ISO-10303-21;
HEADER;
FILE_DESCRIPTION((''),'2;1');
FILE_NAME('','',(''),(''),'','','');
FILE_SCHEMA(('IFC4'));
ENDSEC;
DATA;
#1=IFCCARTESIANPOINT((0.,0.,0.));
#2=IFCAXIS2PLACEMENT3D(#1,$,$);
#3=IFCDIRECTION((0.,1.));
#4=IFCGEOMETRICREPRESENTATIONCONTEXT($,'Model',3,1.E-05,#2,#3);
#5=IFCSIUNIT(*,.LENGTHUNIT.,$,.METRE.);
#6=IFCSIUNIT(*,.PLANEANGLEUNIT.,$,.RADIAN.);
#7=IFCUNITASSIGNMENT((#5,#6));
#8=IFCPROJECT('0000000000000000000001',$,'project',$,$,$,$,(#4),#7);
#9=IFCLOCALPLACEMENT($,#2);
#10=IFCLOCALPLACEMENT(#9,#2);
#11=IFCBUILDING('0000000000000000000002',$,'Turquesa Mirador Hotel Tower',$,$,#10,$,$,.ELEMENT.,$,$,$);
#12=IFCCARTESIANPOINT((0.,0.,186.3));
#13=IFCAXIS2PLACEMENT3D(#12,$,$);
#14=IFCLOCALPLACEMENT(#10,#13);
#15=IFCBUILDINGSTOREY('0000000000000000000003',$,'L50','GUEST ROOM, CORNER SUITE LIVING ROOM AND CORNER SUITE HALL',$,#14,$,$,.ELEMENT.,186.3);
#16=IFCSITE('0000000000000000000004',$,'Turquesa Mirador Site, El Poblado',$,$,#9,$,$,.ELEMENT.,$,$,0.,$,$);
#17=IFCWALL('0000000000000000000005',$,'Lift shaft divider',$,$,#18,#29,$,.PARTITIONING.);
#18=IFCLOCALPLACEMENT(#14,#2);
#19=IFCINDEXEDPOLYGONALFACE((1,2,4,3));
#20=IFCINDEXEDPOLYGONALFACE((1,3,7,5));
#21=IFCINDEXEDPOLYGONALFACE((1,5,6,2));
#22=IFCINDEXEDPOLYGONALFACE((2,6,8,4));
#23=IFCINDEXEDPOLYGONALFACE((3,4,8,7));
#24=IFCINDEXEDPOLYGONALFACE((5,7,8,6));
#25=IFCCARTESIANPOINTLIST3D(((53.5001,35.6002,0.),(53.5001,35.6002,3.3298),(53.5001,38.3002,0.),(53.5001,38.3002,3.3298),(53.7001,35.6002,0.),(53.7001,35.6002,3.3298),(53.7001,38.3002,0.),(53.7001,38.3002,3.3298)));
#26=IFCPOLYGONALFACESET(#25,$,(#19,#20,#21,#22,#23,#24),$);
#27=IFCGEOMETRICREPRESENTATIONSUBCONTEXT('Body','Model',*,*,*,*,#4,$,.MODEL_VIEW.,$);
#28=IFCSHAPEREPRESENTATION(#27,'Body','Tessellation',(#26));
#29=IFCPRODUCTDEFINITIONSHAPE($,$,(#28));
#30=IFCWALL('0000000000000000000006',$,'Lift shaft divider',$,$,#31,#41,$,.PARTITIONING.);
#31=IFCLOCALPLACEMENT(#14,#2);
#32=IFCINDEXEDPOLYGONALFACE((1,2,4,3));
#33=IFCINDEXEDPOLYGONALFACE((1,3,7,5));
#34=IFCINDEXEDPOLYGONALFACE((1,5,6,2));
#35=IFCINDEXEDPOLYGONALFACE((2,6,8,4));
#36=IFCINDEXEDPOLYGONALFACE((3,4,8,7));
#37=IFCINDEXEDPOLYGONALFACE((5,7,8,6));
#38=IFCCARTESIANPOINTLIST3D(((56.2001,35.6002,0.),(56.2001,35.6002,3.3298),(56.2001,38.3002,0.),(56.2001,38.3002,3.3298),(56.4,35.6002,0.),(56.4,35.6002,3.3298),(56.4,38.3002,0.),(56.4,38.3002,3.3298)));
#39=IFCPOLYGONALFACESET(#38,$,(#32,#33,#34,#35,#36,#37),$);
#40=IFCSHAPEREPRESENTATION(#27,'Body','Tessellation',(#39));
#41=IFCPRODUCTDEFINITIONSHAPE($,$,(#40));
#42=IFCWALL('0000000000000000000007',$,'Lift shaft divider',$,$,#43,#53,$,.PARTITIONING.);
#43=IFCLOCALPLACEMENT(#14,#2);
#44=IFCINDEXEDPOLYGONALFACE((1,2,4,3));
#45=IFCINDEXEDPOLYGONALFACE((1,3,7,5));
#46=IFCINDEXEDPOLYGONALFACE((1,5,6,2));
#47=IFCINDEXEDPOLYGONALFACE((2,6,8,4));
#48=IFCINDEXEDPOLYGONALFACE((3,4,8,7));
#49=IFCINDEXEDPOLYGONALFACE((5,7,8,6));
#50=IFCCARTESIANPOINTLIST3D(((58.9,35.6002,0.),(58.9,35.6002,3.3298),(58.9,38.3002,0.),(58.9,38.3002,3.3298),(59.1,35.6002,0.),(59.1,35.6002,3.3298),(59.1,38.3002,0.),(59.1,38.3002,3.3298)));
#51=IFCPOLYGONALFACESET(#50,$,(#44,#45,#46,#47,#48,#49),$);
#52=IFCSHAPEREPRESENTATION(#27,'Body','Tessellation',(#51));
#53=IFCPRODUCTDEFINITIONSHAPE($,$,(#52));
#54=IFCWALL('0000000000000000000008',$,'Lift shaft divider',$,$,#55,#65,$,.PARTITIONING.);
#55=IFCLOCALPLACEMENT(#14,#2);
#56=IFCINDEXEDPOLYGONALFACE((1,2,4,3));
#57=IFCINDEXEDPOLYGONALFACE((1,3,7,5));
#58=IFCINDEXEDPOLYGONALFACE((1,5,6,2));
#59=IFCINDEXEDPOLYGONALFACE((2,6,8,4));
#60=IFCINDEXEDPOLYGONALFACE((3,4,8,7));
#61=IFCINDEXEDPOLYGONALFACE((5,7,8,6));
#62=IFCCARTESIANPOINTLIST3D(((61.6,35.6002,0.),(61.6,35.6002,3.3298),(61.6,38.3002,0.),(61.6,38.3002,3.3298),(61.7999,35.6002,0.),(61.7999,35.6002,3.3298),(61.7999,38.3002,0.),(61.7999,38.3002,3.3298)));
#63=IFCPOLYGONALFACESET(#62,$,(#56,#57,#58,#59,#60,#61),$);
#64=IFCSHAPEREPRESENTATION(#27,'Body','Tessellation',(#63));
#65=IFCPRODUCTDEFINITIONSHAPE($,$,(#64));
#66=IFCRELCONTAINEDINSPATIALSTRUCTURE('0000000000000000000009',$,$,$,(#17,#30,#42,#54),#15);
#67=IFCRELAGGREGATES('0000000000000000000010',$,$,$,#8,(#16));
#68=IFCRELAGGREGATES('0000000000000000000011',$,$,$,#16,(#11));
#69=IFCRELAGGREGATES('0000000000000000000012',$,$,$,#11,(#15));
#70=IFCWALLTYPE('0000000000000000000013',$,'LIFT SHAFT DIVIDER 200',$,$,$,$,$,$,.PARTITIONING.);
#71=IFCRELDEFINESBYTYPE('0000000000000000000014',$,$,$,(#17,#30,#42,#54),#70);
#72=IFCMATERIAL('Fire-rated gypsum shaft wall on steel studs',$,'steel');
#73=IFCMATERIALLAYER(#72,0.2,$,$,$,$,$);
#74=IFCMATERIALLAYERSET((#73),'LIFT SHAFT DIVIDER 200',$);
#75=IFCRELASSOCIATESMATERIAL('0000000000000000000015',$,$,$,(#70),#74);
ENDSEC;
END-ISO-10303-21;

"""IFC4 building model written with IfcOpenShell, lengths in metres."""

from ifc_helpers import new_model, si_unit, direction, frame, frame_2d, origin, place, context, subcontext, project, spatial, rectangle, extrude, material, layer, layer_set, type_object, element, save


model = new_model("IFC4")

# Units and contexts
model_context = context("Model", 3, precision=1e-05, world=origin(), true_north=direction((0.0, 1.0)))
body_context = subcontext(model_context, "Body", "Model", "MODEL_VIEW")
ifc_project = project(units=[si_unit("LENGTHUNIT", "METRE"), si_unit("PLANEANGLEUNIT", "RADIAN")], contexts=[model_context])

# Site, building, storey
site_placement = place(None, origin())
site = spatial("IfcSite", under=ifc_project, at=site_placement, Name="Turquesa Mirador Site, El Poblado", CompositionType="ELEMENT", RefElevation=0.0)
building_placement = place(site_placement, origin())
building = spatial("IfcBuilding", under=site, at=building_placement, Name="Turquesa Mirador Hotel Tower", CompositionType="ELEMENT")
storey_placement = place(building_placement, frame((0.0, 0.0, 186.3)))
storey = spatial("IfcBuildingStorey", under=building, at=storey_placement, Name="L50", Description="GUEST ROOM, CORNER SUITE LIVING ROOM AND CORNER SUITE HALL", CompositionType="ELEMENT", Elevation=186.3)

# Walls
ifc_material_1 = material(Name="Fire-rated gypsum shaft wall on steel studs", Category="steel")
ifc_layer_1 = layer(ifc_material_1, 0.2)
ifc_layer_set_1 = layer_set([ifc_layer_1], Name="LIFT SHAFT DIVIDER 200")
wall_type_1 = type_object("IfcWallType", Name="LIFT SHAFT DIVIDER 200", PredefinedType="PARTITIONING", material=ifc_layer_set_1)
for number, where, z_axis, x_axis, name in (
    (1, (53.6001, 35.6001, 0.0), (0.0, 0.0, 1.0), (0.0, 1.0, 0.0), "Lift shaft divider"),
    (2, (56.3, 35.6001, 0.0), (0.0, 0.0, 1.0), (0.0, 1.0, 0.0), "Lift shaft divider"),
    (3, (59.0, 35.6001, 0.0), (0.0, 0.0, 1.0), (0.0, 1.0, 0.0), "Lift shaft divider"),
    (4, (61.7, 35.6001, 0.0), (0.0, 0.0, 1.0), (0.0, 1.0, 0.0), "Lift shaft divider"),
):
    element("IfcWall", number, at=place(storey_placement, frame(where, z_axis=z_axis, x_axis=x_axis)), inside=storey, type_object=wall_type_1, Name=name, PredefinedType="PARTITIONING", context=body_context, shape_type="SweptSolid", body=[
        extrude(rectangle(XDim=2.7, YDim=0.2, at=frame_2d((1.3501, 0.0))), origin(), (0.0, 0.0, 1.0), 3.3298),
    ])

save(model, "model.ifc")
